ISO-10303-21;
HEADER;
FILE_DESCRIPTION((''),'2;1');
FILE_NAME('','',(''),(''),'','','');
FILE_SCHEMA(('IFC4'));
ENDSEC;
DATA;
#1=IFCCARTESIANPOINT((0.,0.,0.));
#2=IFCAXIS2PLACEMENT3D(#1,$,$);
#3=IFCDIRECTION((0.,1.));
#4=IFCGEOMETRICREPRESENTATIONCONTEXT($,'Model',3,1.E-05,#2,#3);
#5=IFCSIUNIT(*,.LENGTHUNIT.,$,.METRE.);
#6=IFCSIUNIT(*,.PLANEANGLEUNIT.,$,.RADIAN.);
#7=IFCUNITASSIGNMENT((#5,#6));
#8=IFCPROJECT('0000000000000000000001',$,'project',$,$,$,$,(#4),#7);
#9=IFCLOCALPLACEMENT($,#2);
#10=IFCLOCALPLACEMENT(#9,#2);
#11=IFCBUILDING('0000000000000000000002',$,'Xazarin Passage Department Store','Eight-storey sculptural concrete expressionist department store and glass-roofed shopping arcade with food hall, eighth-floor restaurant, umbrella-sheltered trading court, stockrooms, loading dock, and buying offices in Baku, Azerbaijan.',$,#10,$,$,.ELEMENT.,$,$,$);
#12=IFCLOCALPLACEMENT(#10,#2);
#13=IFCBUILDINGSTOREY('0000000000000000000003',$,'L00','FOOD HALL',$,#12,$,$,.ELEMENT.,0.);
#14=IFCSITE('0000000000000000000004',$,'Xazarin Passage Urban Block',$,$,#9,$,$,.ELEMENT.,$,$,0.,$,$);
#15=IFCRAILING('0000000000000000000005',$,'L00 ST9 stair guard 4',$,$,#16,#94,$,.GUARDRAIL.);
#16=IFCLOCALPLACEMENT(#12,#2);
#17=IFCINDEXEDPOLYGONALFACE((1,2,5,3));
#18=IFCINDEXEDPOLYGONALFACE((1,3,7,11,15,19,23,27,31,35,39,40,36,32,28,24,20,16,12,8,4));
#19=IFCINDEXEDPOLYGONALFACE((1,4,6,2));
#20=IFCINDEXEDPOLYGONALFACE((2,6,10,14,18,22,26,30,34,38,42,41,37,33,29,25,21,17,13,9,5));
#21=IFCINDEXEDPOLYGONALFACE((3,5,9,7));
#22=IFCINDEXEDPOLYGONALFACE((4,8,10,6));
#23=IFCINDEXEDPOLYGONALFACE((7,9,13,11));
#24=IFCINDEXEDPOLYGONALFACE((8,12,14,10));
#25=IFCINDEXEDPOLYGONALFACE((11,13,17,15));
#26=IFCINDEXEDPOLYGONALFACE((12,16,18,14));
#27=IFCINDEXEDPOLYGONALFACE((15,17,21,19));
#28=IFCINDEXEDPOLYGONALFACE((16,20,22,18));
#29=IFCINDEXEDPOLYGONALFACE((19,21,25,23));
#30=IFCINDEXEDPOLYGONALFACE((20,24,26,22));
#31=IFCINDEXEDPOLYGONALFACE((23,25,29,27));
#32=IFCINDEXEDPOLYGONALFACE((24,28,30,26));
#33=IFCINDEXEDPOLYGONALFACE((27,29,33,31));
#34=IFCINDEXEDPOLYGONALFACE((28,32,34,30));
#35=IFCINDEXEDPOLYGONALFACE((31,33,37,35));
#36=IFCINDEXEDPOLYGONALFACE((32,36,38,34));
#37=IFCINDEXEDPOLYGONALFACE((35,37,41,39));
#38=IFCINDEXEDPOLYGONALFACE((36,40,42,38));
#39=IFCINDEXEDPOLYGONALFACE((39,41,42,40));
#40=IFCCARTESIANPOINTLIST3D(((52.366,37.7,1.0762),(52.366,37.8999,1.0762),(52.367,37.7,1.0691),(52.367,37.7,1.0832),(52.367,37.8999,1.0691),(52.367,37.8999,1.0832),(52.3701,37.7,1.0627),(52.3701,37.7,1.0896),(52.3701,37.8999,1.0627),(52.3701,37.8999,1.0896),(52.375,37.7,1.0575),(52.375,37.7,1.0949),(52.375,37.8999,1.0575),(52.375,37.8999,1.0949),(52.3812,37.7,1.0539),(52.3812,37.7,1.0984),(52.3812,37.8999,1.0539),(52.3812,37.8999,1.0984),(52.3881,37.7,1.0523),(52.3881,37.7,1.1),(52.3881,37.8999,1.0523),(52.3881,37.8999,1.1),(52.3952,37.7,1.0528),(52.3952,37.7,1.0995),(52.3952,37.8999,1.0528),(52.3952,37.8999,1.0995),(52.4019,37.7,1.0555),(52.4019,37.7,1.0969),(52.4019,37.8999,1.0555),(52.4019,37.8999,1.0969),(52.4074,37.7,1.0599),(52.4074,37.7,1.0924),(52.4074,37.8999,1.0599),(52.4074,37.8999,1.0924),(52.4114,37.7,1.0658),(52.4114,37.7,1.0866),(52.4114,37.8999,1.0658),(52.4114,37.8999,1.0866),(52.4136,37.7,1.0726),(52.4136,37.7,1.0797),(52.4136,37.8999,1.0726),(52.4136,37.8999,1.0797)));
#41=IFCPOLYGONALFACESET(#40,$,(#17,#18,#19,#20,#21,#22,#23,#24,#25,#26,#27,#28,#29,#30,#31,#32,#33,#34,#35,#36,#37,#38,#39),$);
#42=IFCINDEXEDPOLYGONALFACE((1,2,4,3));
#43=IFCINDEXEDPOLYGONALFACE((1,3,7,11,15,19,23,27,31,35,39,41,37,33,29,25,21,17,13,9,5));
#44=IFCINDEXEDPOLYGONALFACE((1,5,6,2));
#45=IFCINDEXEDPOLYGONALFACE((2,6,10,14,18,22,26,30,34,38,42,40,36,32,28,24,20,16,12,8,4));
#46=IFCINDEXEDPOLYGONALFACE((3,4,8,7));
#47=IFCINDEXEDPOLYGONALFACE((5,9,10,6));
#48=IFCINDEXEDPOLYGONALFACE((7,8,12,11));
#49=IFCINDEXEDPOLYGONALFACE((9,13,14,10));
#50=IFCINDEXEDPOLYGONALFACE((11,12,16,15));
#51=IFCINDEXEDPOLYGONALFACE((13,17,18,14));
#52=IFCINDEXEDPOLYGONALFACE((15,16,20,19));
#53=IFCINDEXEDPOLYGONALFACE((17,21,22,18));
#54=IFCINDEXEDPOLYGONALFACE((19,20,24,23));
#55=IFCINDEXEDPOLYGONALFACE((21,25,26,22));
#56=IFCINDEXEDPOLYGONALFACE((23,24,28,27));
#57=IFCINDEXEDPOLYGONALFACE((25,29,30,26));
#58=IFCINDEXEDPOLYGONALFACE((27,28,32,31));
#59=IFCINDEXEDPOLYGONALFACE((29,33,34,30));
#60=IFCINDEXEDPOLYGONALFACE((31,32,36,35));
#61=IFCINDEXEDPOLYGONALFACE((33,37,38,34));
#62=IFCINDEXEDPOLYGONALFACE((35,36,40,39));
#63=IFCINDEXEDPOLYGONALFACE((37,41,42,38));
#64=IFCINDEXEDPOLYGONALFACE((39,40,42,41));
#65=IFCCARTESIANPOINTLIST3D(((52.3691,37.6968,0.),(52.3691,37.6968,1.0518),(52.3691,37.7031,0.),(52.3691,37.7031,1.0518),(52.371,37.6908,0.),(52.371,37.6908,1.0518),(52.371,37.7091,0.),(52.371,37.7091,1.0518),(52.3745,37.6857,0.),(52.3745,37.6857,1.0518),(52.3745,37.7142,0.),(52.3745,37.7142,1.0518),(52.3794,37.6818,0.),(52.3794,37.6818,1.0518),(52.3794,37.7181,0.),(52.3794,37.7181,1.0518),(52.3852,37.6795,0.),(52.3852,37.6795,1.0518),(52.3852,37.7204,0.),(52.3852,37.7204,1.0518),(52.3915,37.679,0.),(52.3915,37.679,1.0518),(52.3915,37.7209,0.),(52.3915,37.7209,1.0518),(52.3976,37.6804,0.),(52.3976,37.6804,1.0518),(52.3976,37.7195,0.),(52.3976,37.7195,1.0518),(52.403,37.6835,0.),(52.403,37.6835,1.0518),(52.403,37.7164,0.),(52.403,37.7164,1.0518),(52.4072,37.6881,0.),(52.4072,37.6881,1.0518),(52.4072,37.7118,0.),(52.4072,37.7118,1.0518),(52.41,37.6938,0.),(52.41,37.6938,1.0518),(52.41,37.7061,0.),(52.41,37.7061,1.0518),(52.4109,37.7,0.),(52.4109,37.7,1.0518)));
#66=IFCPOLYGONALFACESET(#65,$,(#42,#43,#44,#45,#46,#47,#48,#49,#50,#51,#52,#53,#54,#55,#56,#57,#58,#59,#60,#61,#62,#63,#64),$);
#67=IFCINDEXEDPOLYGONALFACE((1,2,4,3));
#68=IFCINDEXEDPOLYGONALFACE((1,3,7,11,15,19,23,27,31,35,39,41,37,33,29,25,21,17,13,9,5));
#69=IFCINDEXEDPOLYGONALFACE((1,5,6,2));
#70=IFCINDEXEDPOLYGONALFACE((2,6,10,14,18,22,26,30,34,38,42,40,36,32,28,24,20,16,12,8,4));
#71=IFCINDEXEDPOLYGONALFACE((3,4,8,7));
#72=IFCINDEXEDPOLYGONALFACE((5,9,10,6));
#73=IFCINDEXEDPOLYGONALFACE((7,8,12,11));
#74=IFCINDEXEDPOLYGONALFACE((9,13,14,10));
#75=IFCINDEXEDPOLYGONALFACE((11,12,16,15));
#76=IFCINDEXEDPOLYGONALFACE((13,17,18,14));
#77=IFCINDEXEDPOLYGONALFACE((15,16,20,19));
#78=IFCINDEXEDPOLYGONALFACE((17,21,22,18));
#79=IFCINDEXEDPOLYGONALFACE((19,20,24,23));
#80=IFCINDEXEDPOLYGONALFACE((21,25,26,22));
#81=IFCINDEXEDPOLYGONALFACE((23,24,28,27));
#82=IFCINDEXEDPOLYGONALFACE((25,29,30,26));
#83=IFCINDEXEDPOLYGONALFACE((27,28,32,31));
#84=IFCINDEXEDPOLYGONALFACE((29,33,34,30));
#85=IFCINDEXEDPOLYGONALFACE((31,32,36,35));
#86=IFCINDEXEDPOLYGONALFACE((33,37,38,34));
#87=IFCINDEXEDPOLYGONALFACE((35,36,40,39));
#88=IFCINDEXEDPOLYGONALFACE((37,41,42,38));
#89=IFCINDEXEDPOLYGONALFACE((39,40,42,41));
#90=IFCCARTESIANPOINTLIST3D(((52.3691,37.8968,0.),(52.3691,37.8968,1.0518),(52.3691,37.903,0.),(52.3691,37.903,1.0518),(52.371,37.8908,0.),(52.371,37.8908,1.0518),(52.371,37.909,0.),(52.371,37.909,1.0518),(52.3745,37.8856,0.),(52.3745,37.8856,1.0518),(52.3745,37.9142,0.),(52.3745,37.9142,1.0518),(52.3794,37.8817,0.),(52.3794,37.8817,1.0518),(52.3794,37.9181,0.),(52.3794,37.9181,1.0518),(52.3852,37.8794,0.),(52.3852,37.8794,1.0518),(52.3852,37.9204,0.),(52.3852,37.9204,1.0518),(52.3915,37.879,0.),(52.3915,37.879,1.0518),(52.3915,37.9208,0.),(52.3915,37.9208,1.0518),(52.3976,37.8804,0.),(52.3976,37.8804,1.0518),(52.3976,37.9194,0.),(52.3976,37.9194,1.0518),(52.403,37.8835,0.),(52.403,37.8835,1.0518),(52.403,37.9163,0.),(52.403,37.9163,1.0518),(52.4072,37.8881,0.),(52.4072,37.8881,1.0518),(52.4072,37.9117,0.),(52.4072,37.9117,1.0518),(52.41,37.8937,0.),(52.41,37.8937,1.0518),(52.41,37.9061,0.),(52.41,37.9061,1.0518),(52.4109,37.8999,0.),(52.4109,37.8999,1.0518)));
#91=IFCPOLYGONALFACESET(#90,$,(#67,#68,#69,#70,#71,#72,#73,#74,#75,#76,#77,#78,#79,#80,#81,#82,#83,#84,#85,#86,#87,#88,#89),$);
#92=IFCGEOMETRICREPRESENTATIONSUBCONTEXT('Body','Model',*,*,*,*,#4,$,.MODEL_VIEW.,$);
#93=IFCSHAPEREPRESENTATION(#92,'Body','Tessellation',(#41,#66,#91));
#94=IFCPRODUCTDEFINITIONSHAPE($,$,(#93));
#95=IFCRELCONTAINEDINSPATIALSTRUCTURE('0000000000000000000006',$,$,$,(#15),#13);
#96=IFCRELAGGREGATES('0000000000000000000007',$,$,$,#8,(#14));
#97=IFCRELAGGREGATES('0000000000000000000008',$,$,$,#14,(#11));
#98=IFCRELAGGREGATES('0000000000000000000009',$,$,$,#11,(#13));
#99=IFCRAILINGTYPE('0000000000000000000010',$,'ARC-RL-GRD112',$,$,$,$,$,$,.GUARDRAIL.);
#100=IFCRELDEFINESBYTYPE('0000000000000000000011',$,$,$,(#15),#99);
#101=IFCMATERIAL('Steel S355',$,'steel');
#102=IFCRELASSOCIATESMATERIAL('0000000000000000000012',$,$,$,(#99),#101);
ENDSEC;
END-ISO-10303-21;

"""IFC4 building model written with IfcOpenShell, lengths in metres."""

from ifc_helpers import new_model, si_unit, direction, frame, origin, origin_2d, place, context, subcontext, project, spatial, circle, extrude, material, type_object, element, save


model = new_model("IFC4")

# Units and contexts
model_context = context("Model", 3, precision=1e-05, world=origin(), true_north=direction((0.0, 1.0)))
body_context = subcontext(model_context, "Body", "Model", "MODEL_VIEW")
ifc_project = project(units=[si_unit("LENGTHUNIT", "METRE"), si_unit("PLANEANGLEUNIT", "RADIAN")], contexts=[model_context])

# Site, building, storey
site_placement = place(None, origin())
site = spatial("IfcSite", under=ifc_project, at=site_placement, Name="Xazarin Passage Urban Block", CompositionType="ELEMENT", RefElevation=0.0)
building_placement = place(site_placement, origin())
building = spatial("IfcBuilding", under=site, at=building_placement, Name="Xazarin Passage Department Store", Description="Eight-storey sculptural concrete expressionist department store and glass-roofed shopping arcade with food hall, eighth-floor restaurant, umbrella-sheltered trading court, stockrooms, loading dock, and buying offices in Baku, Azerbaijan.", CompositionType="ELEMENT")
storey_placement = place(building_placement, origin())
storey = spatial("IfcBuildingStorey", under=building, at=storey_placement, Name="L00", Description="FOOD HALL", CompositionType="ELEMENT", Elevation=0.0)

# Shared definitions
ifc_material_1 = material(Name="Steel S355", Category="steel")

# Railing
railing_type_1 = type_object("IfcRailingType", Name="ARC-RL-GRD112", PredefinedType="GUARDRAIL", material=ifc_material_1)
railing_1_placement = place(storey_placement, frame((52.3899, 37.7, 0.0)))
element("IfcRailing", 1, at=railing_1_placement, inside=storey, type_object=railing_type_1, Name="L00 ST9 stair guard 4", PredefinedType="GUARDRAIL", context=body_context, shape_type="SweptSolid", body=[
    extrude(circle(Radius=0.0239, at=origin_2d()), frame((0.0, 0.0, 1.0762), z_axis=(0.0, 1.0, 0.0), x_axis=(-1.0, 0.0, 0.0)), (0.0, 0.0, 1.0), 0.2),
    extrude(circle(Radius=0.021, at=origin_2d()), origin(), (0.0, 0.0, 1.0), 1.0518),
    extrude(circle(Radius=0.021, at=origin_2d()), frame((0.0, 0.2, 0.0)), (0.0, 0.0, 1.0), 1.0518),
])

save(model, "model.ifc")
